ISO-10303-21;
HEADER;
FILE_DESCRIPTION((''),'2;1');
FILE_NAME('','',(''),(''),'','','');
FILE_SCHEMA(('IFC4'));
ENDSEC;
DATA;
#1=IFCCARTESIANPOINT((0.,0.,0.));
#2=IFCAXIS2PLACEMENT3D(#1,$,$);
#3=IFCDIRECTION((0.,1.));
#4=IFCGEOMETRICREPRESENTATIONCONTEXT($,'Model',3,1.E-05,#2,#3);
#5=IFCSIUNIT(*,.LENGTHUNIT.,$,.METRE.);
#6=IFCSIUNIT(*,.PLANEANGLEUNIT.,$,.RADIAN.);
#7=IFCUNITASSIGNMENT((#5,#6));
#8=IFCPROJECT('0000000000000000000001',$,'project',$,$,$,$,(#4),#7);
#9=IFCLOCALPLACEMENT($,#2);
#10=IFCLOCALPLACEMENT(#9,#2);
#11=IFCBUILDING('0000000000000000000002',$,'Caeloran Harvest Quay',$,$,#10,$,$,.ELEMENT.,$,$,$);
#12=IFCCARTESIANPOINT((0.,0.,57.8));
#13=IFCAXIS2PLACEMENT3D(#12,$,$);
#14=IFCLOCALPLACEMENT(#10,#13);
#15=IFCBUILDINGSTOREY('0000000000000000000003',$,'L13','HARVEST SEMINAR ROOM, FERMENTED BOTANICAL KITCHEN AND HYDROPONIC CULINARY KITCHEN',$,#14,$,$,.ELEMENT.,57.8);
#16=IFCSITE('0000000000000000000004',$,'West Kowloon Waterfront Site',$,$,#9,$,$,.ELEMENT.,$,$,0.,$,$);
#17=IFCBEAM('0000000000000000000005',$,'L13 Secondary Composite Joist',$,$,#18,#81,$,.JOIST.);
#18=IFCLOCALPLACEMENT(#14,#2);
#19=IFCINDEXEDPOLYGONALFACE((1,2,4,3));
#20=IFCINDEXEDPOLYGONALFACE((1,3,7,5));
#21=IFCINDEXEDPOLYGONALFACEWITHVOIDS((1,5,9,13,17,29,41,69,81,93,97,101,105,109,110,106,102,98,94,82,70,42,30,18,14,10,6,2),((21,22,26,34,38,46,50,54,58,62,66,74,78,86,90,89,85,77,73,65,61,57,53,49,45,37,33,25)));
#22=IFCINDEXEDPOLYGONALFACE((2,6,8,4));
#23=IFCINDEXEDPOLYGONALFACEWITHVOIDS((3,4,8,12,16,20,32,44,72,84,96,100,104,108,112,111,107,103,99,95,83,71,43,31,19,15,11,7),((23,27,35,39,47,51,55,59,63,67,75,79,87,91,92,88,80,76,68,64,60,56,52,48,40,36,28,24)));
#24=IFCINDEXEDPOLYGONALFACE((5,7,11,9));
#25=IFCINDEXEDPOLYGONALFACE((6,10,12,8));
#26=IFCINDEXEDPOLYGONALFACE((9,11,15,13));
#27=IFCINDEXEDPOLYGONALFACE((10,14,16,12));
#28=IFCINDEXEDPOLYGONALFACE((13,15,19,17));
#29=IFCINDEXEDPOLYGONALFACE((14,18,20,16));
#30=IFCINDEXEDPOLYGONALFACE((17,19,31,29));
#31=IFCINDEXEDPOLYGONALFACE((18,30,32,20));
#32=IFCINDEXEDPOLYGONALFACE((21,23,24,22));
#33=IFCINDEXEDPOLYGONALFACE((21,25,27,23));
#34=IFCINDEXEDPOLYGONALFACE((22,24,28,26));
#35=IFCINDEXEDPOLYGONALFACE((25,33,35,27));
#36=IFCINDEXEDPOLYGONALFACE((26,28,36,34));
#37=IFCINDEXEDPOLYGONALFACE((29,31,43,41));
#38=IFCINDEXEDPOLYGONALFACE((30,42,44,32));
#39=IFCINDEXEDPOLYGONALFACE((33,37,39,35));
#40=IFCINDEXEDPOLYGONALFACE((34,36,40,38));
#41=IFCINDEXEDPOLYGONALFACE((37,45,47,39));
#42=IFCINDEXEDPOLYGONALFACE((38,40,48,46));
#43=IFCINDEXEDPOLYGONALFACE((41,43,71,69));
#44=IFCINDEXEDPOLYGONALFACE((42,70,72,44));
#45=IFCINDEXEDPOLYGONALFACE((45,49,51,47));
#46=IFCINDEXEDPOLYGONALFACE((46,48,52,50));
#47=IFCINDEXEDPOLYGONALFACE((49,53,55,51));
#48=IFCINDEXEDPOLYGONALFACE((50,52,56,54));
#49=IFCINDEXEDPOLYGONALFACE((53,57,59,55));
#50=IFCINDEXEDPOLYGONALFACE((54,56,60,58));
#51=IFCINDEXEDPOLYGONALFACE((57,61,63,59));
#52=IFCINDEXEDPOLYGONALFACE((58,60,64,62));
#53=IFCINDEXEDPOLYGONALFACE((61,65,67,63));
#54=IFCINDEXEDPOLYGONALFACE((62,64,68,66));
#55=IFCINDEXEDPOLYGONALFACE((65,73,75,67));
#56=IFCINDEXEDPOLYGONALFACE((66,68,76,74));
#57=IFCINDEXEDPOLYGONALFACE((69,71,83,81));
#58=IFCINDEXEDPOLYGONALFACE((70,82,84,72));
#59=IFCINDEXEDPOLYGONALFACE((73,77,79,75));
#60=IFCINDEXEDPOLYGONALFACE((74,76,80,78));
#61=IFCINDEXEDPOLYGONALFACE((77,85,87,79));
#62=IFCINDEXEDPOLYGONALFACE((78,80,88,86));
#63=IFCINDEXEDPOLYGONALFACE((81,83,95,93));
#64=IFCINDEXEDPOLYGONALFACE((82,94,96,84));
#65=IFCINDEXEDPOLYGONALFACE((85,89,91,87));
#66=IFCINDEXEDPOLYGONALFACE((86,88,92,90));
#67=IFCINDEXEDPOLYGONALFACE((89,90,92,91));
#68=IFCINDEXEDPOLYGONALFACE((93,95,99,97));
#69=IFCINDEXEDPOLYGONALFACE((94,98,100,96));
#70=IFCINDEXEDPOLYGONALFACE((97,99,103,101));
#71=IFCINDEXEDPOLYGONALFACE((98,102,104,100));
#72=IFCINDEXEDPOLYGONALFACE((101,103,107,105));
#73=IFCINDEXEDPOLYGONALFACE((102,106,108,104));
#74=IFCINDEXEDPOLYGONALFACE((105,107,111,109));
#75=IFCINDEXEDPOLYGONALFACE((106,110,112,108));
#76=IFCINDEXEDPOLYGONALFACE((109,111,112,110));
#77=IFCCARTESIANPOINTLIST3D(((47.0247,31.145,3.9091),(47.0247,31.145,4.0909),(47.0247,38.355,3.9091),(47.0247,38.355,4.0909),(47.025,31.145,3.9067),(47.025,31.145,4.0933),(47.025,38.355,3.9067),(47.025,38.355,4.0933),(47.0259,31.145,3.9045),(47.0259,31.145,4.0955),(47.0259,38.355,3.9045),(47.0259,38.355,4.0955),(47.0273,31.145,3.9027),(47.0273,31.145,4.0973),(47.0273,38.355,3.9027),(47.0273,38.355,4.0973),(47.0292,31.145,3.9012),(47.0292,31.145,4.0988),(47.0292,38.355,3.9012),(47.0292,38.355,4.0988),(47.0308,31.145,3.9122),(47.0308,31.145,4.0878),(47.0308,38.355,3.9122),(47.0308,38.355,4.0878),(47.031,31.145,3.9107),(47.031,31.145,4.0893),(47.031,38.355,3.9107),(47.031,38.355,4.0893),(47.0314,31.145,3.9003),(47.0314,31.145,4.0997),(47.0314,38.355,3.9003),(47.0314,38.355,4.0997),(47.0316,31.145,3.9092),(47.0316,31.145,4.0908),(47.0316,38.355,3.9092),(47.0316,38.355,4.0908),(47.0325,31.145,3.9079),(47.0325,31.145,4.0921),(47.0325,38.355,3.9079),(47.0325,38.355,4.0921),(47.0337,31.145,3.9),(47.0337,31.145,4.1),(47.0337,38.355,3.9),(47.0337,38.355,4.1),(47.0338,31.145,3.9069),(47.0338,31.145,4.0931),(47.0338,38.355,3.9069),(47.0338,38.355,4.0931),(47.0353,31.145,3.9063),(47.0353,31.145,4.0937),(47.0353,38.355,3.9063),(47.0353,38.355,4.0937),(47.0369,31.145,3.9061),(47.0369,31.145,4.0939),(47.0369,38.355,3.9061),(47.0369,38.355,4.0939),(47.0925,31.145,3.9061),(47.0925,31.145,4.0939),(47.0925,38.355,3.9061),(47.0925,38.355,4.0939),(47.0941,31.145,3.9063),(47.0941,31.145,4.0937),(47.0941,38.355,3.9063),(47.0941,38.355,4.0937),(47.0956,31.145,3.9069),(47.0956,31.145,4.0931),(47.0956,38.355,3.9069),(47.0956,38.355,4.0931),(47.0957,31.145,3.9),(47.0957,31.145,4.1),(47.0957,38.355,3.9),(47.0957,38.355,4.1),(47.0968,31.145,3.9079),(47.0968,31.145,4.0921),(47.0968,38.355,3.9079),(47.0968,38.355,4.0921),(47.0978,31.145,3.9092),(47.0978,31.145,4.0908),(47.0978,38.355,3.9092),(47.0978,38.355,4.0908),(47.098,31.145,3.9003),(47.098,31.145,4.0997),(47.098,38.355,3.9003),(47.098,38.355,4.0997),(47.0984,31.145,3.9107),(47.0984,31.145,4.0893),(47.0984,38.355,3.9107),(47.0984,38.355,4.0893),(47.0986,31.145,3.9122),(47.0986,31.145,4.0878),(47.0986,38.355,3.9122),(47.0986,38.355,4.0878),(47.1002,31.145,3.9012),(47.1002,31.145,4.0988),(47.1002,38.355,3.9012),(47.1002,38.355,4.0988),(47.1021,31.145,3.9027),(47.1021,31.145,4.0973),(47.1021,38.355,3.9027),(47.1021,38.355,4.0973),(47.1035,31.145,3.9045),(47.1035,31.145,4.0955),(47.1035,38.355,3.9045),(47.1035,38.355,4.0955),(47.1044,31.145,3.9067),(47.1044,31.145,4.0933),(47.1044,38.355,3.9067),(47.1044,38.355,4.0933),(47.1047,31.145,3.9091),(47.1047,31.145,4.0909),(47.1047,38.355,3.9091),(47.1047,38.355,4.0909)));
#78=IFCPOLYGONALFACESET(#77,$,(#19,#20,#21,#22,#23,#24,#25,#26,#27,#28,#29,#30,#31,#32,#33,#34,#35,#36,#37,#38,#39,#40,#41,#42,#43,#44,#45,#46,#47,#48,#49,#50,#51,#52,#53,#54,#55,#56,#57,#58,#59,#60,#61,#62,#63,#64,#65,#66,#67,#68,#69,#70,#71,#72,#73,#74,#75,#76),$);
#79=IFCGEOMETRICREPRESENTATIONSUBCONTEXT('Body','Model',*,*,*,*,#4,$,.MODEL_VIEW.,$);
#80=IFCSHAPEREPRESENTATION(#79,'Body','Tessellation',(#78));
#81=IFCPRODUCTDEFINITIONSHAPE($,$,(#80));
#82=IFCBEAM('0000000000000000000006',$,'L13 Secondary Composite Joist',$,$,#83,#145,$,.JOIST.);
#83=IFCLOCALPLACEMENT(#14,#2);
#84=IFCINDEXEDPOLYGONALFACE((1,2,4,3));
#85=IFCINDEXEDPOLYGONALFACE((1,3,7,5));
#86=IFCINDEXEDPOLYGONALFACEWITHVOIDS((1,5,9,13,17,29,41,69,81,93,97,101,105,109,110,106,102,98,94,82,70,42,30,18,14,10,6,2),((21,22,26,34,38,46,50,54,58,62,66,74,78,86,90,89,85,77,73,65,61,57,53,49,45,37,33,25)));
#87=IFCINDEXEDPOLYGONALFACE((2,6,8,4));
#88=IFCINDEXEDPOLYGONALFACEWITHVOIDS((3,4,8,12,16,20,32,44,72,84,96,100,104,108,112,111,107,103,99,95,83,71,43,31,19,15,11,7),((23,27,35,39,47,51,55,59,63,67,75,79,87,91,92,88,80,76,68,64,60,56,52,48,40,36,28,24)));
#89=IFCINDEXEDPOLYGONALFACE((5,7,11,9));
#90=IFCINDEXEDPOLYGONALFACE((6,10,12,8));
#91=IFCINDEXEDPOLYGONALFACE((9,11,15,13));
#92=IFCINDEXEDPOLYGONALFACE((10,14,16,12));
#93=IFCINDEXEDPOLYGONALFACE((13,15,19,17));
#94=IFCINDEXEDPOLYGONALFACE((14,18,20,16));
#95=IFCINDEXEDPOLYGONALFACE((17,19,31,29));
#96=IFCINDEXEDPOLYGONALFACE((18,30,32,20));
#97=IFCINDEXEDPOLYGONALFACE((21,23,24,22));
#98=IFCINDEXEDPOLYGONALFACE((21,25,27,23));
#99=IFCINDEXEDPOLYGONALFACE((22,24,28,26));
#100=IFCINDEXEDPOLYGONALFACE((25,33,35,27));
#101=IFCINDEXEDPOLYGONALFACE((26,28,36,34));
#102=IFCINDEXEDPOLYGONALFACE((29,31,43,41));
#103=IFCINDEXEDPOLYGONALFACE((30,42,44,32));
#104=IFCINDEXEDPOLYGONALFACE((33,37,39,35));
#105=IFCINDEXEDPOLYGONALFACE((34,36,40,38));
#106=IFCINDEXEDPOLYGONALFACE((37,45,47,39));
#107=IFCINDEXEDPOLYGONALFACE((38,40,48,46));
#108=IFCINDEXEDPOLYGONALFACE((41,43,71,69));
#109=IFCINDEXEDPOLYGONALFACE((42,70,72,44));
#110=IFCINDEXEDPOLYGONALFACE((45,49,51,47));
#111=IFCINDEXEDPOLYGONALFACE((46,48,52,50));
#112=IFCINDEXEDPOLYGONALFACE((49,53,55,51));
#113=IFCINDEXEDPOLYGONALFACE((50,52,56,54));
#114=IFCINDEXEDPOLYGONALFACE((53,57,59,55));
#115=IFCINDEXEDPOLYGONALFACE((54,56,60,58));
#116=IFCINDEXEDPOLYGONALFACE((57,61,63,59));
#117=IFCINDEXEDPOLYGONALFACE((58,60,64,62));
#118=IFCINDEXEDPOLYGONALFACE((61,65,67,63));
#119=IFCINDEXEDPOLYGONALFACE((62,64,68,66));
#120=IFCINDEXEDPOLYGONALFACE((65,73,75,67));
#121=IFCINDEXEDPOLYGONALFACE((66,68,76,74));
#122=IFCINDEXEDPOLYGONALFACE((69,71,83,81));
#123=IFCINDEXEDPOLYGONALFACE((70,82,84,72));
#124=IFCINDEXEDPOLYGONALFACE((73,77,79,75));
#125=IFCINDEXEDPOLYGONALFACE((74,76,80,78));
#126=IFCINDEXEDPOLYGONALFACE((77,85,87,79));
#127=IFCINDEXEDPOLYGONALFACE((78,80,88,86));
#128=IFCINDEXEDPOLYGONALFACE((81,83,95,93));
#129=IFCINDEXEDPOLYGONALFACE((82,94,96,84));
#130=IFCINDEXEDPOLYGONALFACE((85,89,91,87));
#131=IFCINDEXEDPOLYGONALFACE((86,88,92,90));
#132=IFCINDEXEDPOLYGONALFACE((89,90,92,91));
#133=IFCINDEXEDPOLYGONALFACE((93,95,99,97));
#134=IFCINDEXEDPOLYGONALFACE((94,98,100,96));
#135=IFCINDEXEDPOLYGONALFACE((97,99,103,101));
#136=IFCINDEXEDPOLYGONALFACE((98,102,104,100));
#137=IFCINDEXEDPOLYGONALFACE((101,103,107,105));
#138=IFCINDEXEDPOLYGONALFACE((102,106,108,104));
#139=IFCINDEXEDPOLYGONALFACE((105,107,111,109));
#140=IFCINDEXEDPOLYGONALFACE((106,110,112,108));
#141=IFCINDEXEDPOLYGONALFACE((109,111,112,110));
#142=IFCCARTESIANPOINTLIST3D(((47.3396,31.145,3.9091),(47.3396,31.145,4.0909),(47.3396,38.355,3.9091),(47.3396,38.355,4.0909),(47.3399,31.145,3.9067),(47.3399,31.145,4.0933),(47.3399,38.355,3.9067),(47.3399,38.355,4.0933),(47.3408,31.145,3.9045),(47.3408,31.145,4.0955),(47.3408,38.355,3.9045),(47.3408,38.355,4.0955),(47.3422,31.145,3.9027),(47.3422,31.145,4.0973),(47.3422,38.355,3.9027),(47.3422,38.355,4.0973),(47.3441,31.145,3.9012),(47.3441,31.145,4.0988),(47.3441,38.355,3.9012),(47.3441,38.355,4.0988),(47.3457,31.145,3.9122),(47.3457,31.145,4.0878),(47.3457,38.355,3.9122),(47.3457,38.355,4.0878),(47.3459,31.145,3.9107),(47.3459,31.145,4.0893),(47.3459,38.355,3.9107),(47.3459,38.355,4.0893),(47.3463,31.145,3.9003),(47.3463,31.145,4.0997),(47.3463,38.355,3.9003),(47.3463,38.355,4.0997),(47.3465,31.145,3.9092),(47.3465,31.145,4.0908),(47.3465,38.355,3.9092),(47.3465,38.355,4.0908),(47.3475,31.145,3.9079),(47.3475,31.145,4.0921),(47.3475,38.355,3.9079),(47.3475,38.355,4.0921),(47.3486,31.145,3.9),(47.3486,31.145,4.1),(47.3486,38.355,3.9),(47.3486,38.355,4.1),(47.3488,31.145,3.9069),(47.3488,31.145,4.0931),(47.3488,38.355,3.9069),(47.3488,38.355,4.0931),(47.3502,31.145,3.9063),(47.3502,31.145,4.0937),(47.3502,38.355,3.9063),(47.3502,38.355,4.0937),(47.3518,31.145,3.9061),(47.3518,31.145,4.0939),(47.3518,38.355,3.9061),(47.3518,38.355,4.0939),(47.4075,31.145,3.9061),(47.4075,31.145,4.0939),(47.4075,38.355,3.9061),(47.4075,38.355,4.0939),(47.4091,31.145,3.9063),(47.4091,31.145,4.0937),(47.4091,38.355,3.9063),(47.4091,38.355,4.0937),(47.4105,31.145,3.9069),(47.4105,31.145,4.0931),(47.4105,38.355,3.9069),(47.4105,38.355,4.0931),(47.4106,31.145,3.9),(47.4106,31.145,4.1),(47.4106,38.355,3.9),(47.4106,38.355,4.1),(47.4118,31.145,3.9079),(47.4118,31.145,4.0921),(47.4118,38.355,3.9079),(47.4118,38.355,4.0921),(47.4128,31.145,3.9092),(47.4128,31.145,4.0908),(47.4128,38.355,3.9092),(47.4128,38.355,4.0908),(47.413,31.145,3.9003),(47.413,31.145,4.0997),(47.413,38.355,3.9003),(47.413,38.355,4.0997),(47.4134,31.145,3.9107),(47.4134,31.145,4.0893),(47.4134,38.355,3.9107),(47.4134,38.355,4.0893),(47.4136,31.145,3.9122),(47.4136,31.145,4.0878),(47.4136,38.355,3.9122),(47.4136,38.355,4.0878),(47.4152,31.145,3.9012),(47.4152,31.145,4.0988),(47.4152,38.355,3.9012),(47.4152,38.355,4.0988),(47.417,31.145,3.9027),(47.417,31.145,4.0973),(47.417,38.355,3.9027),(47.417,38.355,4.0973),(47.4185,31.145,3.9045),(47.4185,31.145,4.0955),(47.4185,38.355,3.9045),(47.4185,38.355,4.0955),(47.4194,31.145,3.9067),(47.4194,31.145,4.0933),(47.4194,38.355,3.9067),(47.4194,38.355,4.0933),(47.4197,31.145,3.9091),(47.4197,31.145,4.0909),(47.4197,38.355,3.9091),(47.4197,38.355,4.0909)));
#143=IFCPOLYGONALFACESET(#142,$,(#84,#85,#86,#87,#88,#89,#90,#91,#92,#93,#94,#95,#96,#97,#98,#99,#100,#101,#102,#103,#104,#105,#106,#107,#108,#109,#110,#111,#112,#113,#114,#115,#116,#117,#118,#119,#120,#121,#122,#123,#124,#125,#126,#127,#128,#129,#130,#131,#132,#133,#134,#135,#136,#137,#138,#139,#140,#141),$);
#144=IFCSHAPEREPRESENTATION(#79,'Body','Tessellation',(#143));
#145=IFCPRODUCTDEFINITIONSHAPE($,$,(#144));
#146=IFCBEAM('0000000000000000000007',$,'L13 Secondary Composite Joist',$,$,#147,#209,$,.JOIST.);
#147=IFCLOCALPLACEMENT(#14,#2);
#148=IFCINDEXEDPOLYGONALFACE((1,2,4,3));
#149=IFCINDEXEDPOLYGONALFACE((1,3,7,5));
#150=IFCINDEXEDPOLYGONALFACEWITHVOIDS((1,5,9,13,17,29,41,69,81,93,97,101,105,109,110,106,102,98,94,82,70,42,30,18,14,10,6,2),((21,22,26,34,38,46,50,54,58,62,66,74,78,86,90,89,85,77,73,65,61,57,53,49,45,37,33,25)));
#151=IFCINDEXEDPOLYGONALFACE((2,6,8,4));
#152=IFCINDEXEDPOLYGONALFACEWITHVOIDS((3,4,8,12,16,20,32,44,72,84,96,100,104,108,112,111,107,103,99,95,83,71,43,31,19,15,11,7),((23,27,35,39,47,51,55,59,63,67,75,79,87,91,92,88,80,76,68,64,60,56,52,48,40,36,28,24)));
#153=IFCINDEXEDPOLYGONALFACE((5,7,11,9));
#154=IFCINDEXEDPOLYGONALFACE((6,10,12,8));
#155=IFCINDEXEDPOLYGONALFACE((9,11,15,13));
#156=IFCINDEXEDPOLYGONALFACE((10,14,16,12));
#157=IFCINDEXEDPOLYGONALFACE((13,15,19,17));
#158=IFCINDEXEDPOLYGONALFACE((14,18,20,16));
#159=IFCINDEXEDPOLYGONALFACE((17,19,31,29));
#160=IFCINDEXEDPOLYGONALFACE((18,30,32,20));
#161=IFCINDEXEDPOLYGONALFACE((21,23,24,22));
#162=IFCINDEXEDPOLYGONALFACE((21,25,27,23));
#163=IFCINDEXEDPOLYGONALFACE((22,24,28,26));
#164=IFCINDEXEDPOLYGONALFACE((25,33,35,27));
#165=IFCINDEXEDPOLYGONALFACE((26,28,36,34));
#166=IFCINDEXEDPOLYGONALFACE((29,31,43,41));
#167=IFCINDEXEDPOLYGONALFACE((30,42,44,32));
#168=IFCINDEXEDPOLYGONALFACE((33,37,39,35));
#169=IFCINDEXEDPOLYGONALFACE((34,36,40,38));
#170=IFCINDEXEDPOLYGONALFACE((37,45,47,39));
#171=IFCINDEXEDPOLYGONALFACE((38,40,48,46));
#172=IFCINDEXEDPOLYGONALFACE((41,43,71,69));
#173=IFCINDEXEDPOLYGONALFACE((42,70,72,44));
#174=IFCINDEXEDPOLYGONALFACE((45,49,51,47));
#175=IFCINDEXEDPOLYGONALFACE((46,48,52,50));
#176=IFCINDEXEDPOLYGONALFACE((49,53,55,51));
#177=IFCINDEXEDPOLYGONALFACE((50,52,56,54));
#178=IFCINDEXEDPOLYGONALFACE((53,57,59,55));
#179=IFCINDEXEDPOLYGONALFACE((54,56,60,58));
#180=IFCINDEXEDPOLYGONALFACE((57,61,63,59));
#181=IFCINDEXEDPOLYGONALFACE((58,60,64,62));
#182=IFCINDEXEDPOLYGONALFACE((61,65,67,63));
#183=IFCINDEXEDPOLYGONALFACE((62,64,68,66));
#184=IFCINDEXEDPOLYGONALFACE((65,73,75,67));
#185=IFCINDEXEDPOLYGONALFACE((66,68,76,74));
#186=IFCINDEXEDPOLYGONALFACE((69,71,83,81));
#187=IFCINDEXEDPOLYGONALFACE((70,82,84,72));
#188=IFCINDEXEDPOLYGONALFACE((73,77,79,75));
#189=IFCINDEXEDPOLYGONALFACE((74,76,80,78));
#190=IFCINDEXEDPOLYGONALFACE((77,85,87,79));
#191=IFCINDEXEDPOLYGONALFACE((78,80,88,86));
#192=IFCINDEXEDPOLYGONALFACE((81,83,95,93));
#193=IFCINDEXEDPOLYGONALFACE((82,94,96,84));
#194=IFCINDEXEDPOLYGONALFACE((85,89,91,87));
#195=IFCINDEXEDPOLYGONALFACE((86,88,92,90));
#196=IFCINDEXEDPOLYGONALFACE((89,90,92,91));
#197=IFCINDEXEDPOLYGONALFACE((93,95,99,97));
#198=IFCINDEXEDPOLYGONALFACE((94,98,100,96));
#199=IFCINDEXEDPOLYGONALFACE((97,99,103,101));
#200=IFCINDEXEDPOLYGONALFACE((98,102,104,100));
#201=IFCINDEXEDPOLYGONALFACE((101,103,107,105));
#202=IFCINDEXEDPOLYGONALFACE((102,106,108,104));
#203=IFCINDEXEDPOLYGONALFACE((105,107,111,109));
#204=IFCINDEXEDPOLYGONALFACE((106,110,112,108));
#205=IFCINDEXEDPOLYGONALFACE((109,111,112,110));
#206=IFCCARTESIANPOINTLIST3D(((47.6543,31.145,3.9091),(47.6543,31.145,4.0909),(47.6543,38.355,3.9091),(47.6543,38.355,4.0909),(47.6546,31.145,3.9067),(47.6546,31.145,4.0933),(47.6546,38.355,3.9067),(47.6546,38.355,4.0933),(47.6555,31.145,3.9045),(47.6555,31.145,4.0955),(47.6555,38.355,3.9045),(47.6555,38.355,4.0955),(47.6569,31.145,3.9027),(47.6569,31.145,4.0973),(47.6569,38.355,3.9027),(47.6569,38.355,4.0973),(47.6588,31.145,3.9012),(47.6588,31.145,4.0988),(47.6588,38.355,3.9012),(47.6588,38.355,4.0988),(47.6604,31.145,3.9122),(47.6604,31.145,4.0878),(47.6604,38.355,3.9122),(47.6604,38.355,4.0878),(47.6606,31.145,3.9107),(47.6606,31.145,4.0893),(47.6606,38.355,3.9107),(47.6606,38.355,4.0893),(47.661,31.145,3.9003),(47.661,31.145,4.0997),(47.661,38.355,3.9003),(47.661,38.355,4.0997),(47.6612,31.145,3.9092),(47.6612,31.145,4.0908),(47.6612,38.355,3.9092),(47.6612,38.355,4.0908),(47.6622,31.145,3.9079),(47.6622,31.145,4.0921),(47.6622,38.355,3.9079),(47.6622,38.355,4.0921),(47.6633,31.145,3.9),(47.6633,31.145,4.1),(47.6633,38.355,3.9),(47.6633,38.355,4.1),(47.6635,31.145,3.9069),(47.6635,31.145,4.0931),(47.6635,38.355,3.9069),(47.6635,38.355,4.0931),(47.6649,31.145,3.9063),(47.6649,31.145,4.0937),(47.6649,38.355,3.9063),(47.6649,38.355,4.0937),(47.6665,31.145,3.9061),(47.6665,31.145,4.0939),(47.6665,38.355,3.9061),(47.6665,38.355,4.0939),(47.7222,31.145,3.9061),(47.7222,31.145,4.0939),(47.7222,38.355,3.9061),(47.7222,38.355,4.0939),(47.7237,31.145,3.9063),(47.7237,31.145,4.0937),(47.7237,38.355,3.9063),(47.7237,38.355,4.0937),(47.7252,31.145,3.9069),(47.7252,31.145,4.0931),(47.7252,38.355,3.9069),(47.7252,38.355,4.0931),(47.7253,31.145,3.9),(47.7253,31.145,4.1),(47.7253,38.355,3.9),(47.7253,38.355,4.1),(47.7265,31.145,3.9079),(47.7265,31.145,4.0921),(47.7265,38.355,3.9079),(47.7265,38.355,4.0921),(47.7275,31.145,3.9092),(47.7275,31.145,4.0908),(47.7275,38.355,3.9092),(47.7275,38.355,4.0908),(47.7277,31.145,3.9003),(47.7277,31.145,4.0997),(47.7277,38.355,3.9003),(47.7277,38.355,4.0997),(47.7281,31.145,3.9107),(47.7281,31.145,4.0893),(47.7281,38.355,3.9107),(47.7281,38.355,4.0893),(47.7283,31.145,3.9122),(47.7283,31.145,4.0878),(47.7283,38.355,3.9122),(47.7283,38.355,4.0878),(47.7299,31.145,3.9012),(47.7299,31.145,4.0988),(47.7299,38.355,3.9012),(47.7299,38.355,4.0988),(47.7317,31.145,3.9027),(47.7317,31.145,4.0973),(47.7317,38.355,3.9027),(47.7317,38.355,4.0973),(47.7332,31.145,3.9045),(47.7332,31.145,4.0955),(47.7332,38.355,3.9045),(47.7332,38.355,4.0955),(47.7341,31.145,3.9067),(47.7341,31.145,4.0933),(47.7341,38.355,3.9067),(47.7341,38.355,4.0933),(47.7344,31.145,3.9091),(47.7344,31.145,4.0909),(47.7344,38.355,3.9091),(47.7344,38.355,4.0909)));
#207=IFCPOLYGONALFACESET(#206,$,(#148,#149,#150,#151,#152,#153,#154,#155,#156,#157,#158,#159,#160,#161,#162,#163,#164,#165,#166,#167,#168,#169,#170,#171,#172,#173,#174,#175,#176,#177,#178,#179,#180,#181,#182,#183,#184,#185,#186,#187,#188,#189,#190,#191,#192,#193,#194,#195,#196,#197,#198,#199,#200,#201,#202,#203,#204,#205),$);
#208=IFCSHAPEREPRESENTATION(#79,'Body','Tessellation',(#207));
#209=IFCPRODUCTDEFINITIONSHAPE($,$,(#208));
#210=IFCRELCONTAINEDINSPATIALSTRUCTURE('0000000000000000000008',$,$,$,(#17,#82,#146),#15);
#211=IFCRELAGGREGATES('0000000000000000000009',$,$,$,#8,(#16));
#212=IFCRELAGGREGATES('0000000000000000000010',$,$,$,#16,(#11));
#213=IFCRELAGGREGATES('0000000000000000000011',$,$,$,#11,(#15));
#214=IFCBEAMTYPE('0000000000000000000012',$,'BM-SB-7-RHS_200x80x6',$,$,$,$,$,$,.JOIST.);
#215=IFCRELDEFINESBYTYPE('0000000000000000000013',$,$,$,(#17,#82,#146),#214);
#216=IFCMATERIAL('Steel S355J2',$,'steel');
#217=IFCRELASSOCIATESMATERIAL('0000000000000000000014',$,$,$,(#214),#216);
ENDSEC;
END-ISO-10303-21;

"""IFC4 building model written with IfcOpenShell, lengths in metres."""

from ifc_helpers import new_model, si_unit, direction, frame, origin, origin_2d, place, context, subcontext, project, spatial, hollow_rectangle, extrude, material, material_profile, profile_set, type_object, element, save


model = new_model("IFC4")

# Units and contexts
model_context = context("Model", 3, precision=1e-05, world=origin(), true_north=direction((0.0, 1.0)))
body_context = subcontext(model_context, "Body", "Model", "MODEL_VIEW")
ifc_project = project(units=[si_unit("LENGTHUNIT", "METRE"), si_unit("PLANEANGLEUNIT", "RADIAN")], contexts=[model_context])

# Site, building, storey
site_placement = place(None, origin())
site = spatial("IfcSite", under=ifc_project, at=site_placement, Name="West Kowloon Waterfront Site", CompositionType="ELEMENT", RefElevation=0.0)
building_placement = place(site_placement, origin())
building = spatial("IfcBuilding", under=site, at=building_placement, Name="Caeloran Harvest Quay", CompositionType="ELEMENT")
storey_placement = place(building_placement, frame((0.0, 0.0, 57.8)))
storey = spatial("IfcBuildingStorey", under=building, at=storey_placement, Name="L13", Description="HARVEST SEMINAR ROOM, FERMENTED BOTANICAL KITCHEN AND HYDROPONIC CULINARY KITCHEN", CompositionType="ELEMENT", Elevation=57.8)

# Beams
ifc_material_1 = material(Name="Steel S355J2", Category="steel")
ifc_material_profile_1 = material_profile(ifc_material_1, hollow_rectangle(XDim=0.0801, YDim=0.2, WallThickness=0.0061, InnerFilletRadius=0.0061, OuterFilletRadius=0.009, at=origin_2d()), Name="RHS 200x80x6")
ifc_profile_set_1 = profile_set([ifc_material_profile_1], Name="Steel S355J2")
beam_type_1 = type_object("IfcBeamType", Name="BM-SB-7-RHS_200x80x6", PredefinedType="JOIST", material=ifc_profile_set_1)
for number, where, z_axis, x_axis, name in (
    (1, (47.0647, 31.145, 4.0), (0.0, 1.0, 0.0), (-1.0, 0.0, 0.0), "L13 Secondary Composite Joist"),
    (2, (47.3796, 31.145, 4.0), (0.0, 1.0, 0.0), (-1.0, 0.0, 0.0), "L13 Secondary Composite Joist"),
    (3, (47.6943, 31.145, 4.0), (0.0, 1.0, 0.0), (-1.0, 0.0, 0.0), "L13 Secondary Composite Joist"),
):
    element("IfcBeam", number, at=place(storey_placement, frame(where, z_axis=z_axis, x_axis=x_axis)), inside=storey, type_object=beam_type_1, Name=name, PredefinedType="JOIST", context=body_context, shape_type="SweptSolid", body=[
        extrude(hollow_rectangle(XDim=0.0801, YDim=0.2, WallThickness=0.0061, InnerFilletRadius=0.0061, OuterFilletRadius=0.009, at=origin_2d()), origin(), (0.0, 0.0, 1.0), 7.21),
    ])

save(model, "model.ifc")
